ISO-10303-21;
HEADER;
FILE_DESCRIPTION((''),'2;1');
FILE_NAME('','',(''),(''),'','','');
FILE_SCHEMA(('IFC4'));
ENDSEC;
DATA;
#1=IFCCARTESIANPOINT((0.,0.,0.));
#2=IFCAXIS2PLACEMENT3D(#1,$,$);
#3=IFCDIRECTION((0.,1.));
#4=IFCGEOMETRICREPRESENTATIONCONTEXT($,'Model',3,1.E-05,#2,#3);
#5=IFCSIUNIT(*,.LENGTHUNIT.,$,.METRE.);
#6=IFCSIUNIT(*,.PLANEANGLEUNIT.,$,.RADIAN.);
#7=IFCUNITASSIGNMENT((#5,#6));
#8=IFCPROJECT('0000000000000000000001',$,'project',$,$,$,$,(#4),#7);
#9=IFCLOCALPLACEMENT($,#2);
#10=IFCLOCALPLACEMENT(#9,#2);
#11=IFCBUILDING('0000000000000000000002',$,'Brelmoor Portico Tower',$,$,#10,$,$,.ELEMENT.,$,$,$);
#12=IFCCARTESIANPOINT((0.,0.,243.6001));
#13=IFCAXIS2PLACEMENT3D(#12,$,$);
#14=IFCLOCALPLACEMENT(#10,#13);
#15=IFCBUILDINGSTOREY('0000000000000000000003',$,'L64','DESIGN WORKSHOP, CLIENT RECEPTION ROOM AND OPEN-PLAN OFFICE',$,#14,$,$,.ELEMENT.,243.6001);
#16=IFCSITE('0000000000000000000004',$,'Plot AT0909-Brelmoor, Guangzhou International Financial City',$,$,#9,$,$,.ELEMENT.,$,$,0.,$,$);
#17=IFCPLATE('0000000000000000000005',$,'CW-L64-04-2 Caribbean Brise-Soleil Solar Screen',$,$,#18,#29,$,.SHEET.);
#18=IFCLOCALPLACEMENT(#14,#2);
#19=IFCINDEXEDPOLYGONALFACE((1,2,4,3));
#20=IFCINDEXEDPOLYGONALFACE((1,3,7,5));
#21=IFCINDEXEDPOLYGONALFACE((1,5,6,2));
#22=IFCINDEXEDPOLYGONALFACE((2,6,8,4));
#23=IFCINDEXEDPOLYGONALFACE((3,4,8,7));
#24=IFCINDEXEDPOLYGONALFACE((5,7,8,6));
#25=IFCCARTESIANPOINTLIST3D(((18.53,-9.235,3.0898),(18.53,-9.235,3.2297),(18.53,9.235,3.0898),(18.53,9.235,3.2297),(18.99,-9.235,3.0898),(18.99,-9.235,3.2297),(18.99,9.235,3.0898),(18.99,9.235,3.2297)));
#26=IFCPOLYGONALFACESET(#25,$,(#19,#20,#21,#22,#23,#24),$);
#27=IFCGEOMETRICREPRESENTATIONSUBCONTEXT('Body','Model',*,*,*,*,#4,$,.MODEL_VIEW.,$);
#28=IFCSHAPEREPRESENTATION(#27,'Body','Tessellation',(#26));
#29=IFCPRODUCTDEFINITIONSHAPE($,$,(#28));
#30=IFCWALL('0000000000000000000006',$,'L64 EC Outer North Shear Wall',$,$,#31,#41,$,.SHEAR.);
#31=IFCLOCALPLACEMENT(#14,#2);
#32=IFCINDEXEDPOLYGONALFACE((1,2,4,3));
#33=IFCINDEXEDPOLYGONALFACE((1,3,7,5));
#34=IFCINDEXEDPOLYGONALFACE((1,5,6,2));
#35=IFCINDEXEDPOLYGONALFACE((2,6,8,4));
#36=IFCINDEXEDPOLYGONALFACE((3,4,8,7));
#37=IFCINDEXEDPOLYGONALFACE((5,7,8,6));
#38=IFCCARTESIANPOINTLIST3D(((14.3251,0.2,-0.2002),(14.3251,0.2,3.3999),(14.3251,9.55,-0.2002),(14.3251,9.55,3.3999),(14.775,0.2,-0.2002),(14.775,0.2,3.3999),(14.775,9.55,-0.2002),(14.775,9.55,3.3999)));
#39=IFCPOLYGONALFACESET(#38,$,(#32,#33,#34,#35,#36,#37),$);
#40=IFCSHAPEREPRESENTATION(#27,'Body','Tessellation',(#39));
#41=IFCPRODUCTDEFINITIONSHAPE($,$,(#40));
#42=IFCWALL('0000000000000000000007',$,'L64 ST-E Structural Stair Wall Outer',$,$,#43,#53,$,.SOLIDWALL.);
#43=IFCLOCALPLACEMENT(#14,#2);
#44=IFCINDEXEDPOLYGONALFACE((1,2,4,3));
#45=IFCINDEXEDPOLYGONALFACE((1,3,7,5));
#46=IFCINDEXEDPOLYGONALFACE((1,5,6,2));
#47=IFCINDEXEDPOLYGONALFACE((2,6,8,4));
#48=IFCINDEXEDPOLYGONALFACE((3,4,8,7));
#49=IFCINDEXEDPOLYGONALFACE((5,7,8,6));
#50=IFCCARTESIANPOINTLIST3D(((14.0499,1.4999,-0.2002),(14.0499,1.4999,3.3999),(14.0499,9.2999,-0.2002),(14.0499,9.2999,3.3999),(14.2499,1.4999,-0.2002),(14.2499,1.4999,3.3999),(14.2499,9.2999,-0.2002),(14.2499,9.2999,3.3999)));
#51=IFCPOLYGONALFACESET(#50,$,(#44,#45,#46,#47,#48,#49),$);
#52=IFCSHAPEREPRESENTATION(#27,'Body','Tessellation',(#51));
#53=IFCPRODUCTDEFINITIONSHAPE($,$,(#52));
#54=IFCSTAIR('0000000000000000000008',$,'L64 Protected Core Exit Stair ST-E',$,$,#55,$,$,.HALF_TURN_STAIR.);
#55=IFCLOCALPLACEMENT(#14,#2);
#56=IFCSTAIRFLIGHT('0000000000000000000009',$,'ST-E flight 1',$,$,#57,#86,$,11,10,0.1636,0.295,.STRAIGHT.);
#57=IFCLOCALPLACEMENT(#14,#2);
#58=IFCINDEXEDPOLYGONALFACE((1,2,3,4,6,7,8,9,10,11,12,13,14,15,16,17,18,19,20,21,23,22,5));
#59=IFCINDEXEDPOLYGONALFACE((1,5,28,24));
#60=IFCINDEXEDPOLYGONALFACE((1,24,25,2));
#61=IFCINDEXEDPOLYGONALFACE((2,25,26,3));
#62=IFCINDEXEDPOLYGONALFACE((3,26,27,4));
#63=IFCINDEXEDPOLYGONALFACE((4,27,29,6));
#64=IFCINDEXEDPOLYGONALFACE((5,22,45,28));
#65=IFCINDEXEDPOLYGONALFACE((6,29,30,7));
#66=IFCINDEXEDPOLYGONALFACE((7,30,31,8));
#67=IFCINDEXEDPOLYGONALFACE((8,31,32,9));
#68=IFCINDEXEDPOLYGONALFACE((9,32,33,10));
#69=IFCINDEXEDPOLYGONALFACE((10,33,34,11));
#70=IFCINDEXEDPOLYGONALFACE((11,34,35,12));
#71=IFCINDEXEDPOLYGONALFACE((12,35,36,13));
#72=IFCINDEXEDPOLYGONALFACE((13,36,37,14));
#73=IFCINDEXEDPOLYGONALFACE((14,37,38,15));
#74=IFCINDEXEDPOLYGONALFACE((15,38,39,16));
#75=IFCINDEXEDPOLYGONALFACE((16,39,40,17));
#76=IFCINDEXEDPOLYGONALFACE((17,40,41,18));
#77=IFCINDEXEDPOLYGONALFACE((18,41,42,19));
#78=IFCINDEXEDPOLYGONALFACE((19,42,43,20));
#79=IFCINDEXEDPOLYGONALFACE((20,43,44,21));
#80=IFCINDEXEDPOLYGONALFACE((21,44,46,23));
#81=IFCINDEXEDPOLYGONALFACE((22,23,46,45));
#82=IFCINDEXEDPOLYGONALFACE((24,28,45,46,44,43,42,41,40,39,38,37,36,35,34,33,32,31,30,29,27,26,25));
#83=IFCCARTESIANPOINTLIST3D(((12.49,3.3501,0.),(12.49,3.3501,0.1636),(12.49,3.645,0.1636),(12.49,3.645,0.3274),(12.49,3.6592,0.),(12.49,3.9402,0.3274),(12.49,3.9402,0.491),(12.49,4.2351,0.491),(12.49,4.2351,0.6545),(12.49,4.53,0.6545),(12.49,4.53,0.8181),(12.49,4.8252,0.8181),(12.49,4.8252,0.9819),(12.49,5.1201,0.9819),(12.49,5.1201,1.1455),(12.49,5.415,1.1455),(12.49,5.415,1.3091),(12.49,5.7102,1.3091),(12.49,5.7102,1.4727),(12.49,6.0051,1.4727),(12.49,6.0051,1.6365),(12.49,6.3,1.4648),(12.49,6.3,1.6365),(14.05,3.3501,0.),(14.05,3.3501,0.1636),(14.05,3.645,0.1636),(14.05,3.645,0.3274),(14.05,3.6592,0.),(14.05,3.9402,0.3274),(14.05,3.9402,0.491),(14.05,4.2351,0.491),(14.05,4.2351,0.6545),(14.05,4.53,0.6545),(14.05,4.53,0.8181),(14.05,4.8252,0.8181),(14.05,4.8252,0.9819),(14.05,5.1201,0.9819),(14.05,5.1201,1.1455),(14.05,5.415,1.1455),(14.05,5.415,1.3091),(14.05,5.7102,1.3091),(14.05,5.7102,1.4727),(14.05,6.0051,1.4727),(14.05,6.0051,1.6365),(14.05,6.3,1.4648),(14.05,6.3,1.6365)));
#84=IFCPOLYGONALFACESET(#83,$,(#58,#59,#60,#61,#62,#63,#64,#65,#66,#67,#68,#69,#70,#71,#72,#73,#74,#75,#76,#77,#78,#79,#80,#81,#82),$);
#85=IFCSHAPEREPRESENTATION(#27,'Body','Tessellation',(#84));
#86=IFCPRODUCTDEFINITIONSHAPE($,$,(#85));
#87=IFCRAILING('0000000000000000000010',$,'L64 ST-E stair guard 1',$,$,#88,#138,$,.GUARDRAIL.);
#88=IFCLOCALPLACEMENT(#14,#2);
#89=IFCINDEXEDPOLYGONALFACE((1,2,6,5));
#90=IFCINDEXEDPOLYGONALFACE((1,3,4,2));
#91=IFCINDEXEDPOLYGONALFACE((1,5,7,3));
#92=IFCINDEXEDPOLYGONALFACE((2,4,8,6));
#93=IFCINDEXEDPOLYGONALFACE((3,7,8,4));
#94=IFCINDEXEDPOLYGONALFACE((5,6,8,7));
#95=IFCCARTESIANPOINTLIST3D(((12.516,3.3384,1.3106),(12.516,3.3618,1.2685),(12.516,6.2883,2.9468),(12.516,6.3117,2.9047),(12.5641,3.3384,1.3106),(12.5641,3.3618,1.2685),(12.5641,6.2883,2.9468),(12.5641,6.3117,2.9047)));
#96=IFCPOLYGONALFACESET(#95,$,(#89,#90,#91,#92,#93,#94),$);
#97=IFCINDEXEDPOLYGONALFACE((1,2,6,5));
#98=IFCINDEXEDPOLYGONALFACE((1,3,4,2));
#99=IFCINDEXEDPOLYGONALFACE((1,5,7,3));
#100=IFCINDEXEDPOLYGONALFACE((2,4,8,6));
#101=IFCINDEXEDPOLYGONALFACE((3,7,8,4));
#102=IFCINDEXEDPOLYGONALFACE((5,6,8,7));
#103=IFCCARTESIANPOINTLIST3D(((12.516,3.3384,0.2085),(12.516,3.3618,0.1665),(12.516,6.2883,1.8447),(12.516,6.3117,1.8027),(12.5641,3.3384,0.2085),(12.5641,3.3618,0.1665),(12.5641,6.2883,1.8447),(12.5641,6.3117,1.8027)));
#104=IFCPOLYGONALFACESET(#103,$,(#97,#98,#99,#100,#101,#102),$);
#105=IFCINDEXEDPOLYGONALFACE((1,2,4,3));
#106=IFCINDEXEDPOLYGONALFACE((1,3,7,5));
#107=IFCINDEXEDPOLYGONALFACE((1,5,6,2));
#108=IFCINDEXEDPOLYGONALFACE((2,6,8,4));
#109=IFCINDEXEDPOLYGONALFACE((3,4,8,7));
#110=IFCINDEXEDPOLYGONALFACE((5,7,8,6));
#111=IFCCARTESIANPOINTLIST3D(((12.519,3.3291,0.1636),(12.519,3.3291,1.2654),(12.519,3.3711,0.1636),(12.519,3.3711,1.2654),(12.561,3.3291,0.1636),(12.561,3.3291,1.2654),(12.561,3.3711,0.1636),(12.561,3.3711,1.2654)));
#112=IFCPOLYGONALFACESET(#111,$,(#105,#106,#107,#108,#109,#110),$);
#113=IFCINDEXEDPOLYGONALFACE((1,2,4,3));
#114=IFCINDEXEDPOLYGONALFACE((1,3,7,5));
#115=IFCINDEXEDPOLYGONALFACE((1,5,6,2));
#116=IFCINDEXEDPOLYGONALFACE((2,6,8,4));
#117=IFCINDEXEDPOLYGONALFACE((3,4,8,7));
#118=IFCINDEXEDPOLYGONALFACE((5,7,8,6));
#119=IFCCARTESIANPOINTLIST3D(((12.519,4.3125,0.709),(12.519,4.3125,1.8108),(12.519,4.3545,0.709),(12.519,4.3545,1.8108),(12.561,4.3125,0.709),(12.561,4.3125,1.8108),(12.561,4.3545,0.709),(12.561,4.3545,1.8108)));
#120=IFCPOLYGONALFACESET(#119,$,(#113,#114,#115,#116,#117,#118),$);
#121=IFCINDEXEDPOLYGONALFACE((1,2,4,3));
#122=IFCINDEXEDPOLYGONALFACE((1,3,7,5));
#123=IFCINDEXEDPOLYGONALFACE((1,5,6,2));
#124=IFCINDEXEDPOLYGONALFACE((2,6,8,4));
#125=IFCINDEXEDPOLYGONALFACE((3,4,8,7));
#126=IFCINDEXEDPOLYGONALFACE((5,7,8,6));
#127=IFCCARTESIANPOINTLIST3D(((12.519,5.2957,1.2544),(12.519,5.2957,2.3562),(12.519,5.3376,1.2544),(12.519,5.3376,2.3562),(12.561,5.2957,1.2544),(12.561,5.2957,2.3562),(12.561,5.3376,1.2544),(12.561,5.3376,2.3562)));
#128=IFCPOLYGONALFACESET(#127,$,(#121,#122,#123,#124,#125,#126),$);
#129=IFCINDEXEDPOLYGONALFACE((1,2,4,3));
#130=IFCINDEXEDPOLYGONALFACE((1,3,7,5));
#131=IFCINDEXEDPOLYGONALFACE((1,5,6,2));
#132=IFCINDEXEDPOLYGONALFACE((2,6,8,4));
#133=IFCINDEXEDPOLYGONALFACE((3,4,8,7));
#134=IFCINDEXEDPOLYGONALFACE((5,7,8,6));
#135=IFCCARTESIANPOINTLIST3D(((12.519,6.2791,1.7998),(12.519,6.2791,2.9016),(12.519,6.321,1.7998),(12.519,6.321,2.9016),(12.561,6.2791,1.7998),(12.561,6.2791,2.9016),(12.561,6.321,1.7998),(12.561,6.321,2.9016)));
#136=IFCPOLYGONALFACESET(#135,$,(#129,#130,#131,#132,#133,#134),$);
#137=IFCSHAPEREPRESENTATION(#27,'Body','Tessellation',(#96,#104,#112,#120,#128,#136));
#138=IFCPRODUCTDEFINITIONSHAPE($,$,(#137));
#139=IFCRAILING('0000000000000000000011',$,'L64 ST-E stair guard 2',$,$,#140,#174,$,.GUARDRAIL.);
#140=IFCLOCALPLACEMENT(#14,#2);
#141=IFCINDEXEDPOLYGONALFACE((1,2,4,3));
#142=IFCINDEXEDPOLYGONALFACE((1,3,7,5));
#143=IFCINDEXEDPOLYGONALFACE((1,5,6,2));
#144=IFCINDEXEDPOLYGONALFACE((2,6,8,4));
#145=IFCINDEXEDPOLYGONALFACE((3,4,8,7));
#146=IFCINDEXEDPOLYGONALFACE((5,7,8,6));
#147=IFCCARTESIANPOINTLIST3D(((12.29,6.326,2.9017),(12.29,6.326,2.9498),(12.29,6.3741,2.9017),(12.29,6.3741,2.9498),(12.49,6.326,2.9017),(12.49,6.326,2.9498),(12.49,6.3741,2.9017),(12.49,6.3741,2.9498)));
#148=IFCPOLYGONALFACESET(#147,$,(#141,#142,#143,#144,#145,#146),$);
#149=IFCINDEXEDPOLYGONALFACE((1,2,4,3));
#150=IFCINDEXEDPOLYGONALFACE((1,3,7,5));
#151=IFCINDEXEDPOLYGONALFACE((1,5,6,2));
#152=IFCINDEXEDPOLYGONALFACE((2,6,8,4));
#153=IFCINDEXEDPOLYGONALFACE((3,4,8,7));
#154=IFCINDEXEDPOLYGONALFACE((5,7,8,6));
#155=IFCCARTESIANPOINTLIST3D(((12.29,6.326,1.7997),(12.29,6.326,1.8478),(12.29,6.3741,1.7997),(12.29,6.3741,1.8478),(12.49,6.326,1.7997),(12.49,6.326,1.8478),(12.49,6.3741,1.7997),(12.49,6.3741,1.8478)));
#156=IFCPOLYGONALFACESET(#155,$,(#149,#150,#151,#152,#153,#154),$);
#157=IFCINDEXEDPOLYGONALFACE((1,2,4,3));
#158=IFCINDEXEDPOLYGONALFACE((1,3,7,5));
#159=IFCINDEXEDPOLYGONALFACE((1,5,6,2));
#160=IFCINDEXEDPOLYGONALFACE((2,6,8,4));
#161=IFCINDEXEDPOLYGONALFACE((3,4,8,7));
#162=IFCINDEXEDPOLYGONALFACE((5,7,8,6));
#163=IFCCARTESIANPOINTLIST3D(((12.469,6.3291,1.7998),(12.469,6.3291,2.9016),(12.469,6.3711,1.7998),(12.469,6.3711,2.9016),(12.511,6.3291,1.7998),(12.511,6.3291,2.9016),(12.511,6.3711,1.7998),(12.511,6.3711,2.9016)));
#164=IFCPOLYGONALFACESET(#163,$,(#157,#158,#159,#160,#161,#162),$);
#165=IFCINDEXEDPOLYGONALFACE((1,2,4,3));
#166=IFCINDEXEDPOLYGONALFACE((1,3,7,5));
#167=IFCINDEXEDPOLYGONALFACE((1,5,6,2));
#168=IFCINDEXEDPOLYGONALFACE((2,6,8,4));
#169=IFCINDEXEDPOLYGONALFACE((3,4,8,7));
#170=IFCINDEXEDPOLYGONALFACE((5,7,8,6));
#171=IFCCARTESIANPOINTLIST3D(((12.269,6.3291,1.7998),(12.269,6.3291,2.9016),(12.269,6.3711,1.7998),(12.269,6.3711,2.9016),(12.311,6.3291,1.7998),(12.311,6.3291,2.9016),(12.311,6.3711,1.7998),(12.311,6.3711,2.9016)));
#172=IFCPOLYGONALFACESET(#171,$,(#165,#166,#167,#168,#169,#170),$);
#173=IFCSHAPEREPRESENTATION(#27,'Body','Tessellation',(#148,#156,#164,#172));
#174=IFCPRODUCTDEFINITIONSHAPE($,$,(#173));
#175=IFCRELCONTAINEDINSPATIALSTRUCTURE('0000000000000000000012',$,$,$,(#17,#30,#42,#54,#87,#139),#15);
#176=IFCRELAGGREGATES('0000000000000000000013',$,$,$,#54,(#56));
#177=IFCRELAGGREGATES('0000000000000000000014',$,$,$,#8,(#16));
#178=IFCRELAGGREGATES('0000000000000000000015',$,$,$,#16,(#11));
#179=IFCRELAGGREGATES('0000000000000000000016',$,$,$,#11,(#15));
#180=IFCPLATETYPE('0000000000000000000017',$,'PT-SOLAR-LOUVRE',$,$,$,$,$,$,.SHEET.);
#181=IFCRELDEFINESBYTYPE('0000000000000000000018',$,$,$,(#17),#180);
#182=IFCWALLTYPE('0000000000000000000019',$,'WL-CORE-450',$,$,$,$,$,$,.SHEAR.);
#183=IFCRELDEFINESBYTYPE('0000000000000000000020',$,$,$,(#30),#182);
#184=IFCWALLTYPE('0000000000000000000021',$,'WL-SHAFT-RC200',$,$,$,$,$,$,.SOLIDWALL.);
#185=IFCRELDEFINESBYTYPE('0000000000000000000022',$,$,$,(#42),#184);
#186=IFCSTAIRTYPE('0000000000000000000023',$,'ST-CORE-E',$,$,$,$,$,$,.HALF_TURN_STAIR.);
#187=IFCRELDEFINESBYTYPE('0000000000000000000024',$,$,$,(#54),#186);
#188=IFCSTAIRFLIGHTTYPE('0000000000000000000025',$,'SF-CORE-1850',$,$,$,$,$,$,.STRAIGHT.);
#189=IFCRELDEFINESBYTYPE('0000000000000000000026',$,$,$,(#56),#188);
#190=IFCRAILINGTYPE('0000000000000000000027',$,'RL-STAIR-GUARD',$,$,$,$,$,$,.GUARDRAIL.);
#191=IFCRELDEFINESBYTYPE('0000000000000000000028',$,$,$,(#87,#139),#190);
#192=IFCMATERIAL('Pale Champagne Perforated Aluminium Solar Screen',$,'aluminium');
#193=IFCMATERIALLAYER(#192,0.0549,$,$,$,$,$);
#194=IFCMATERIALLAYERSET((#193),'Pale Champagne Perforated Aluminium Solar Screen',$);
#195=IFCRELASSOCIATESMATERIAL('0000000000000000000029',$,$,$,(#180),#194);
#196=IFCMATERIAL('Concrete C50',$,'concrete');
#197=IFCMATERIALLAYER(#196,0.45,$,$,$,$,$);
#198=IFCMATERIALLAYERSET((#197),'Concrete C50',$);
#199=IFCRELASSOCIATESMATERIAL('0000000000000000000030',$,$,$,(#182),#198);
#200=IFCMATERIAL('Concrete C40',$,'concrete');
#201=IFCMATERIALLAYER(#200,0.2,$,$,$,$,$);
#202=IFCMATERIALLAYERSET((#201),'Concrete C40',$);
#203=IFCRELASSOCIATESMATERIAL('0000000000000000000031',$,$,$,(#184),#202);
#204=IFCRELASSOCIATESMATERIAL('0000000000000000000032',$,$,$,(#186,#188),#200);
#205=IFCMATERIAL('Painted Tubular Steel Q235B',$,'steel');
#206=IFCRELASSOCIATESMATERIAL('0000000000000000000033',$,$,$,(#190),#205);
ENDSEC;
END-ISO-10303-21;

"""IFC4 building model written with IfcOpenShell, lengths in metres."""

from ifc_helpers import new_model, si_unit, direction, frame, frame_2d, origin, origin_2d, place, context, subcontext, project, spatial, polyline, rectangle, outline, extrude, material, layer, layer_set, type_object, element, aggregate, save


model = new_model("IFC4")

# Units and contexts
model_context = context("Model", 3, precision=1e-05, world=origin(), true_north=direction((0.0, 1.0)))
body_context = subcontext(model_context, "Body", "Model", "MODEL_VIEW")
ifc_project = project(units=[si_unit("LENGTHUNIT", "METRE"), si_unit("PLANEANGLEUNIT", "RADIAN")], contexts=[model_context])

# Site, building, storey
site_placement = place(None, origin())
site = spatial("IfcSite", under=ifc_project, at=site_placement, Name="Plot AT0909-Brelmoor, Guangzhou International Financial City", CompositionType="ELEMENT", RefElevation=0.0)
building_placement = place(site_placement, origin())
building = spatial("IfcBuilding", under=site, at=building_placement, Name="Brelmoor Portico Tower", CompositionType="ELEMENT")
storey_placement = place(building_placement, frame((0.0, 0.0, 243.6001)))
storey = spatial("IfcBuildingStorey", under=building, at=storey_placement, Name="L64", Description="DESIGN WORKSHOP, CLIENT RECEPTION ROOM AND OPEN-PLAN OFFICE", CompositionType="ELEMENT", Elevation=243.6001)

# Plate
ifc_material_1 = material(Name="Pale Champagne Perforated Aluminium Solar Screen", Category="aluminium")
ifc_layer_1 = layer(ifc_material_1, 0.0549)
ifc_layer_set_1 = layer_set([ifc_layer_1], Name="Pale Champagne Perforated Aluminium Solar Screen")
plate_type_1 = type_object("IfcPlateType", Name="PT-SOLAR-LOUVRE", PredefinedType="SHEET", material=ifc_layer_set_1)
plate_1_placement = place(storey_placement, frame((18.76, 0.0, 3.0898), z_axis=(0.0, 0.0, 1.0), x_axis=(0.0, 1.0, 0.0)))
element("IfcPlate", 1, at=plate_1_placement, inside=storey, type_object=plate_type_1, Name="CW-L64-04-2 Caribbean Brise-Soleil Solar Screen", PredefinedType="SHEET", context=body_context, shape_type="SweptSolid", body=[
    extrude(rectangle(XDim=18.47, YDim=0.46, at=origin_2d()), origin(), (0.0, 0.0, 1.0), 0.1399),
])

# Walls
ifc_material_2 = material(Name="Concrete C50", Category="concrete")
ifc_layer_2 = layer(ifc_material_2, 0.45)
ifc_layer_set_2 = layer_set([ifc_layer_2], Name="Concrete C50")
wall_type_1 = type_object("IfcWallType", Name="WL-CORE-450", PredefinedType="SHEAR", material=ifc_layer_set_2)
wall_1_placement = place(storey_placement, frame((14.55, 0.2, -0.2002), z_axis=(0.0, 0.0, 1.0), x_axis=(0.0, 1.0, 0.0)))
element("IfcWall", 2, at=wall_1_placement, inside=storey, type_object=wall_type_1, Name="L64 EC Outer North Shear Wall", PredefinedType="SHEAR", context=body_context, shape_type="SweptSolid", body=[
    extrude(rectangle(XDim=9.3501, YDim=0.45, at=frame_2d((4.675, 0.0))), origin(), (0.0, 0.0, 1.0), 3.6001),
])
ifc_material_3 = material(Name="Concrete C40", Category="concrete")
ifc_layer_3 = layer(ifc_material_3, 0.2)
ifc_layer_set_3 = layer_set([ifc_layer_3], Name="Concrete C40")
wall_type_2 = type_object("IfcWallType", Name="WL-SHAFT-RC200", PredefinedType="SOLIDWALL", material=ifc_layer_set_3)
wall_2_placement = place(storey_placement, frame((14.1499, 1.5, -0.2002), z_axis=(0.0, 0.0, 1.0), x_axis=(0.0, 1.0, 0.0)))
element("IfcWall", 3, at=wall_2_placement, inside=storey, type_object=wall_type_2, Name="L64 ST-E Structural Stair Wall Outer", PredefinedType="SOLIDWALL", context=body_context, shape_type="SweptSolid", body=[
    extrude(rectangle(XDim=7.8, YDim=0.2, at=frame_2d((3.8999, 0.0))), origin(), (0.0, 0.0, 1.0), 3.6001),
])

# Stair, stair flight
stair_type = type_object("IfcStairType", Name="ST-CORE-E", PredefinedType="HALF_TURN_STAIR", material=ifc_material_3)
stair_placement = place(storey_placement, origin())
stair = element("IfcStair", 4, at=stair_placement, inside=storey, type_object=stair_type, Name="L64 Protected Core Exit Stair ST-E", PredefinedType="HALF_TURN_STAIR")
stair_flight_type = type_object("IfcStairFlightType", Name="SF-CORE-1850", PredefinedType="STRAIGHT", material=ifc_material_3)
stair_flight_placement = place(storey_placement, frame((13.27, 3.3501, 0.0), z_axis=(0.0, 0.0, 1.0), x_axis=(0.0, 1.0, 0.0)))
stair_flight = element("IfcStairFlight", 5, at=stair_flight_placement, type_object=stair_flight_type, Name="ST-E flight 1", NumberOfRisers=11, NumberOfTreads=10, PredefinedType="STRAIGHT", RiserHeight=0.1636, TreadLength=0.295, context=body_context, shape_type="SweptSolid", body=[
    extrude(outline(polyline([(0.0, 0.0), (0.0, 0.1636), (0.2949, 0.1636), (0.2949, 0.3274), (0.5901, 0.3274), (0.5901, 0.491), (0.885, 0.491), (0.885, 0.6545), (1.1799, 0.6545), (1.1799, 0.8181), (1.4751, 0.8181), (1.4751, 0.9819), (1.77, 0.9819), (1.77, 1.1455), (2.0649, 1.1455), (2.0649, 1.3091), (2.3601, 1.3091), (2.3601, 1.4727), (2.655, 1.4727), (2.655, 1.6365), (2.95, 1.6365), (2.95, 1.8), (2.95, 1.4648), (0.3091, 0.0), (0.0, 0.0)])), frame((0.0, 0.78, 0.0), z_axis=(0.0, -1.0, 0.0), x_axis=(1.0, 0.0, 0.0)), (0.0, 0.0, 1.0), 1.5601),
])
aggregate(stair, [stair_flight])

# Railings
ifc_material_4 = material(Name="Painted Tubular Steel Q235B", Category="steel")
railing_type_1 = type_object("IfcRailingType", Name="RL-STAIR-GUARD", PredefinedType="GUARDRAIL", material=ifc_material_4)
railing_1_placement = place(storey_placement, frame((12.54, 3.3501, 0.1636)))
element("IfcRailing", 6, at=railing_1_placement, inside=storey, type_object=railing_type_1, Name="L64 ST-E stair guard 1", PredefinedType="GUARDRAIL", context=body_context, shape_type="SweptSolid", body=[
    extrude(rectangle(XDim=0.0481, YDim=0.0481, at=origin_2d()), frame((0.0, 0.0, 1.126), z_axis=(0.0, 0.874488, 0.485047), x_axis=(-1.0, 0.0, 0.0)), (0.0, 0.0, 1.0), 3.3733),
    extrude(rectangle(XDim=0.0481, YDim=0.0481, at=origin_2d()), frame((0.0, 0.0, 0.0239), z_axis=(0.0, 0.874488, 0.485047), x_axis=(-1.0, 0.0, 0.0)), (0.0, 0.0, 1.0), 3.3733),
    extrude(rectangle(XDim=0.042, YDim=0.042, at=origin_2d()), origin(), (0.0, 0.0, 1.0), 1.1018),
    extrude(rectangle(XDim=0.042, YDim=0.042, at=origin_2d()), frame((0.0, 0.9834, 0.5454)), (0.0, 0.0, 1.0), 1.1018),
    extrude(rectangle(XDim=0.042, YDim=0.042, at=origin_2d()), frame((0.0, 1.9666, 1.0908)), (0.0, 0.0, 1.0), 1.1018),
    extrude(rectangle(XDim=0.042, YDim=0.042, at=origin_2d()), frame((0.0, 2.95, 1.6362)), (0.0, 0.0, 1.0), 1.1018),
])
railing_2_placement = place(storey_placement, frame((12.49, 6.3501, 1.7998)))
element("IfcRailing", 7, at=railing_2_placement, inside=storey, type_object=railing_type_1, Name="L64 ST-E stair guard 2", PredefinedType="GUARDRAIL", context=body_context, shape_type="SweptSolid", body=[
    extrude(rectangle(XDim=0.0481, YDim=0.0481, at=origin_2d()), frame((0.0, 0.0, 1.126), z_axis=(-1.0, 0.0, 0.0), x_axis=(0.0, -1.0, 0.0)), (0.0, 0.0, 1.0), 0.2),
    extrude(rectangle(XDim=0.0481, YDim=0.0481, at=origin_2d()), frame((0.0, 0.0, 0.0239), z_axis=(-1.0, 0.0, 0.0), x_axis=(0.0, -1.0, 0.0)), (0.0, 0.0, 1.0), 0.2),
    extrude(rectangle(XDim=0.042, YDim=0.042, at=origin_2d()), origin(), (0.0, 0.0, 1.0), 1.1018),
    extrude(rectangle(XDim=0.042, YDim=0.042, at=origin_2d()), frame((-0.2, 0.0, 0.0)), (0.0, 0.0, 1.0), 1.1018),
])

save(model, "model.ifc")
